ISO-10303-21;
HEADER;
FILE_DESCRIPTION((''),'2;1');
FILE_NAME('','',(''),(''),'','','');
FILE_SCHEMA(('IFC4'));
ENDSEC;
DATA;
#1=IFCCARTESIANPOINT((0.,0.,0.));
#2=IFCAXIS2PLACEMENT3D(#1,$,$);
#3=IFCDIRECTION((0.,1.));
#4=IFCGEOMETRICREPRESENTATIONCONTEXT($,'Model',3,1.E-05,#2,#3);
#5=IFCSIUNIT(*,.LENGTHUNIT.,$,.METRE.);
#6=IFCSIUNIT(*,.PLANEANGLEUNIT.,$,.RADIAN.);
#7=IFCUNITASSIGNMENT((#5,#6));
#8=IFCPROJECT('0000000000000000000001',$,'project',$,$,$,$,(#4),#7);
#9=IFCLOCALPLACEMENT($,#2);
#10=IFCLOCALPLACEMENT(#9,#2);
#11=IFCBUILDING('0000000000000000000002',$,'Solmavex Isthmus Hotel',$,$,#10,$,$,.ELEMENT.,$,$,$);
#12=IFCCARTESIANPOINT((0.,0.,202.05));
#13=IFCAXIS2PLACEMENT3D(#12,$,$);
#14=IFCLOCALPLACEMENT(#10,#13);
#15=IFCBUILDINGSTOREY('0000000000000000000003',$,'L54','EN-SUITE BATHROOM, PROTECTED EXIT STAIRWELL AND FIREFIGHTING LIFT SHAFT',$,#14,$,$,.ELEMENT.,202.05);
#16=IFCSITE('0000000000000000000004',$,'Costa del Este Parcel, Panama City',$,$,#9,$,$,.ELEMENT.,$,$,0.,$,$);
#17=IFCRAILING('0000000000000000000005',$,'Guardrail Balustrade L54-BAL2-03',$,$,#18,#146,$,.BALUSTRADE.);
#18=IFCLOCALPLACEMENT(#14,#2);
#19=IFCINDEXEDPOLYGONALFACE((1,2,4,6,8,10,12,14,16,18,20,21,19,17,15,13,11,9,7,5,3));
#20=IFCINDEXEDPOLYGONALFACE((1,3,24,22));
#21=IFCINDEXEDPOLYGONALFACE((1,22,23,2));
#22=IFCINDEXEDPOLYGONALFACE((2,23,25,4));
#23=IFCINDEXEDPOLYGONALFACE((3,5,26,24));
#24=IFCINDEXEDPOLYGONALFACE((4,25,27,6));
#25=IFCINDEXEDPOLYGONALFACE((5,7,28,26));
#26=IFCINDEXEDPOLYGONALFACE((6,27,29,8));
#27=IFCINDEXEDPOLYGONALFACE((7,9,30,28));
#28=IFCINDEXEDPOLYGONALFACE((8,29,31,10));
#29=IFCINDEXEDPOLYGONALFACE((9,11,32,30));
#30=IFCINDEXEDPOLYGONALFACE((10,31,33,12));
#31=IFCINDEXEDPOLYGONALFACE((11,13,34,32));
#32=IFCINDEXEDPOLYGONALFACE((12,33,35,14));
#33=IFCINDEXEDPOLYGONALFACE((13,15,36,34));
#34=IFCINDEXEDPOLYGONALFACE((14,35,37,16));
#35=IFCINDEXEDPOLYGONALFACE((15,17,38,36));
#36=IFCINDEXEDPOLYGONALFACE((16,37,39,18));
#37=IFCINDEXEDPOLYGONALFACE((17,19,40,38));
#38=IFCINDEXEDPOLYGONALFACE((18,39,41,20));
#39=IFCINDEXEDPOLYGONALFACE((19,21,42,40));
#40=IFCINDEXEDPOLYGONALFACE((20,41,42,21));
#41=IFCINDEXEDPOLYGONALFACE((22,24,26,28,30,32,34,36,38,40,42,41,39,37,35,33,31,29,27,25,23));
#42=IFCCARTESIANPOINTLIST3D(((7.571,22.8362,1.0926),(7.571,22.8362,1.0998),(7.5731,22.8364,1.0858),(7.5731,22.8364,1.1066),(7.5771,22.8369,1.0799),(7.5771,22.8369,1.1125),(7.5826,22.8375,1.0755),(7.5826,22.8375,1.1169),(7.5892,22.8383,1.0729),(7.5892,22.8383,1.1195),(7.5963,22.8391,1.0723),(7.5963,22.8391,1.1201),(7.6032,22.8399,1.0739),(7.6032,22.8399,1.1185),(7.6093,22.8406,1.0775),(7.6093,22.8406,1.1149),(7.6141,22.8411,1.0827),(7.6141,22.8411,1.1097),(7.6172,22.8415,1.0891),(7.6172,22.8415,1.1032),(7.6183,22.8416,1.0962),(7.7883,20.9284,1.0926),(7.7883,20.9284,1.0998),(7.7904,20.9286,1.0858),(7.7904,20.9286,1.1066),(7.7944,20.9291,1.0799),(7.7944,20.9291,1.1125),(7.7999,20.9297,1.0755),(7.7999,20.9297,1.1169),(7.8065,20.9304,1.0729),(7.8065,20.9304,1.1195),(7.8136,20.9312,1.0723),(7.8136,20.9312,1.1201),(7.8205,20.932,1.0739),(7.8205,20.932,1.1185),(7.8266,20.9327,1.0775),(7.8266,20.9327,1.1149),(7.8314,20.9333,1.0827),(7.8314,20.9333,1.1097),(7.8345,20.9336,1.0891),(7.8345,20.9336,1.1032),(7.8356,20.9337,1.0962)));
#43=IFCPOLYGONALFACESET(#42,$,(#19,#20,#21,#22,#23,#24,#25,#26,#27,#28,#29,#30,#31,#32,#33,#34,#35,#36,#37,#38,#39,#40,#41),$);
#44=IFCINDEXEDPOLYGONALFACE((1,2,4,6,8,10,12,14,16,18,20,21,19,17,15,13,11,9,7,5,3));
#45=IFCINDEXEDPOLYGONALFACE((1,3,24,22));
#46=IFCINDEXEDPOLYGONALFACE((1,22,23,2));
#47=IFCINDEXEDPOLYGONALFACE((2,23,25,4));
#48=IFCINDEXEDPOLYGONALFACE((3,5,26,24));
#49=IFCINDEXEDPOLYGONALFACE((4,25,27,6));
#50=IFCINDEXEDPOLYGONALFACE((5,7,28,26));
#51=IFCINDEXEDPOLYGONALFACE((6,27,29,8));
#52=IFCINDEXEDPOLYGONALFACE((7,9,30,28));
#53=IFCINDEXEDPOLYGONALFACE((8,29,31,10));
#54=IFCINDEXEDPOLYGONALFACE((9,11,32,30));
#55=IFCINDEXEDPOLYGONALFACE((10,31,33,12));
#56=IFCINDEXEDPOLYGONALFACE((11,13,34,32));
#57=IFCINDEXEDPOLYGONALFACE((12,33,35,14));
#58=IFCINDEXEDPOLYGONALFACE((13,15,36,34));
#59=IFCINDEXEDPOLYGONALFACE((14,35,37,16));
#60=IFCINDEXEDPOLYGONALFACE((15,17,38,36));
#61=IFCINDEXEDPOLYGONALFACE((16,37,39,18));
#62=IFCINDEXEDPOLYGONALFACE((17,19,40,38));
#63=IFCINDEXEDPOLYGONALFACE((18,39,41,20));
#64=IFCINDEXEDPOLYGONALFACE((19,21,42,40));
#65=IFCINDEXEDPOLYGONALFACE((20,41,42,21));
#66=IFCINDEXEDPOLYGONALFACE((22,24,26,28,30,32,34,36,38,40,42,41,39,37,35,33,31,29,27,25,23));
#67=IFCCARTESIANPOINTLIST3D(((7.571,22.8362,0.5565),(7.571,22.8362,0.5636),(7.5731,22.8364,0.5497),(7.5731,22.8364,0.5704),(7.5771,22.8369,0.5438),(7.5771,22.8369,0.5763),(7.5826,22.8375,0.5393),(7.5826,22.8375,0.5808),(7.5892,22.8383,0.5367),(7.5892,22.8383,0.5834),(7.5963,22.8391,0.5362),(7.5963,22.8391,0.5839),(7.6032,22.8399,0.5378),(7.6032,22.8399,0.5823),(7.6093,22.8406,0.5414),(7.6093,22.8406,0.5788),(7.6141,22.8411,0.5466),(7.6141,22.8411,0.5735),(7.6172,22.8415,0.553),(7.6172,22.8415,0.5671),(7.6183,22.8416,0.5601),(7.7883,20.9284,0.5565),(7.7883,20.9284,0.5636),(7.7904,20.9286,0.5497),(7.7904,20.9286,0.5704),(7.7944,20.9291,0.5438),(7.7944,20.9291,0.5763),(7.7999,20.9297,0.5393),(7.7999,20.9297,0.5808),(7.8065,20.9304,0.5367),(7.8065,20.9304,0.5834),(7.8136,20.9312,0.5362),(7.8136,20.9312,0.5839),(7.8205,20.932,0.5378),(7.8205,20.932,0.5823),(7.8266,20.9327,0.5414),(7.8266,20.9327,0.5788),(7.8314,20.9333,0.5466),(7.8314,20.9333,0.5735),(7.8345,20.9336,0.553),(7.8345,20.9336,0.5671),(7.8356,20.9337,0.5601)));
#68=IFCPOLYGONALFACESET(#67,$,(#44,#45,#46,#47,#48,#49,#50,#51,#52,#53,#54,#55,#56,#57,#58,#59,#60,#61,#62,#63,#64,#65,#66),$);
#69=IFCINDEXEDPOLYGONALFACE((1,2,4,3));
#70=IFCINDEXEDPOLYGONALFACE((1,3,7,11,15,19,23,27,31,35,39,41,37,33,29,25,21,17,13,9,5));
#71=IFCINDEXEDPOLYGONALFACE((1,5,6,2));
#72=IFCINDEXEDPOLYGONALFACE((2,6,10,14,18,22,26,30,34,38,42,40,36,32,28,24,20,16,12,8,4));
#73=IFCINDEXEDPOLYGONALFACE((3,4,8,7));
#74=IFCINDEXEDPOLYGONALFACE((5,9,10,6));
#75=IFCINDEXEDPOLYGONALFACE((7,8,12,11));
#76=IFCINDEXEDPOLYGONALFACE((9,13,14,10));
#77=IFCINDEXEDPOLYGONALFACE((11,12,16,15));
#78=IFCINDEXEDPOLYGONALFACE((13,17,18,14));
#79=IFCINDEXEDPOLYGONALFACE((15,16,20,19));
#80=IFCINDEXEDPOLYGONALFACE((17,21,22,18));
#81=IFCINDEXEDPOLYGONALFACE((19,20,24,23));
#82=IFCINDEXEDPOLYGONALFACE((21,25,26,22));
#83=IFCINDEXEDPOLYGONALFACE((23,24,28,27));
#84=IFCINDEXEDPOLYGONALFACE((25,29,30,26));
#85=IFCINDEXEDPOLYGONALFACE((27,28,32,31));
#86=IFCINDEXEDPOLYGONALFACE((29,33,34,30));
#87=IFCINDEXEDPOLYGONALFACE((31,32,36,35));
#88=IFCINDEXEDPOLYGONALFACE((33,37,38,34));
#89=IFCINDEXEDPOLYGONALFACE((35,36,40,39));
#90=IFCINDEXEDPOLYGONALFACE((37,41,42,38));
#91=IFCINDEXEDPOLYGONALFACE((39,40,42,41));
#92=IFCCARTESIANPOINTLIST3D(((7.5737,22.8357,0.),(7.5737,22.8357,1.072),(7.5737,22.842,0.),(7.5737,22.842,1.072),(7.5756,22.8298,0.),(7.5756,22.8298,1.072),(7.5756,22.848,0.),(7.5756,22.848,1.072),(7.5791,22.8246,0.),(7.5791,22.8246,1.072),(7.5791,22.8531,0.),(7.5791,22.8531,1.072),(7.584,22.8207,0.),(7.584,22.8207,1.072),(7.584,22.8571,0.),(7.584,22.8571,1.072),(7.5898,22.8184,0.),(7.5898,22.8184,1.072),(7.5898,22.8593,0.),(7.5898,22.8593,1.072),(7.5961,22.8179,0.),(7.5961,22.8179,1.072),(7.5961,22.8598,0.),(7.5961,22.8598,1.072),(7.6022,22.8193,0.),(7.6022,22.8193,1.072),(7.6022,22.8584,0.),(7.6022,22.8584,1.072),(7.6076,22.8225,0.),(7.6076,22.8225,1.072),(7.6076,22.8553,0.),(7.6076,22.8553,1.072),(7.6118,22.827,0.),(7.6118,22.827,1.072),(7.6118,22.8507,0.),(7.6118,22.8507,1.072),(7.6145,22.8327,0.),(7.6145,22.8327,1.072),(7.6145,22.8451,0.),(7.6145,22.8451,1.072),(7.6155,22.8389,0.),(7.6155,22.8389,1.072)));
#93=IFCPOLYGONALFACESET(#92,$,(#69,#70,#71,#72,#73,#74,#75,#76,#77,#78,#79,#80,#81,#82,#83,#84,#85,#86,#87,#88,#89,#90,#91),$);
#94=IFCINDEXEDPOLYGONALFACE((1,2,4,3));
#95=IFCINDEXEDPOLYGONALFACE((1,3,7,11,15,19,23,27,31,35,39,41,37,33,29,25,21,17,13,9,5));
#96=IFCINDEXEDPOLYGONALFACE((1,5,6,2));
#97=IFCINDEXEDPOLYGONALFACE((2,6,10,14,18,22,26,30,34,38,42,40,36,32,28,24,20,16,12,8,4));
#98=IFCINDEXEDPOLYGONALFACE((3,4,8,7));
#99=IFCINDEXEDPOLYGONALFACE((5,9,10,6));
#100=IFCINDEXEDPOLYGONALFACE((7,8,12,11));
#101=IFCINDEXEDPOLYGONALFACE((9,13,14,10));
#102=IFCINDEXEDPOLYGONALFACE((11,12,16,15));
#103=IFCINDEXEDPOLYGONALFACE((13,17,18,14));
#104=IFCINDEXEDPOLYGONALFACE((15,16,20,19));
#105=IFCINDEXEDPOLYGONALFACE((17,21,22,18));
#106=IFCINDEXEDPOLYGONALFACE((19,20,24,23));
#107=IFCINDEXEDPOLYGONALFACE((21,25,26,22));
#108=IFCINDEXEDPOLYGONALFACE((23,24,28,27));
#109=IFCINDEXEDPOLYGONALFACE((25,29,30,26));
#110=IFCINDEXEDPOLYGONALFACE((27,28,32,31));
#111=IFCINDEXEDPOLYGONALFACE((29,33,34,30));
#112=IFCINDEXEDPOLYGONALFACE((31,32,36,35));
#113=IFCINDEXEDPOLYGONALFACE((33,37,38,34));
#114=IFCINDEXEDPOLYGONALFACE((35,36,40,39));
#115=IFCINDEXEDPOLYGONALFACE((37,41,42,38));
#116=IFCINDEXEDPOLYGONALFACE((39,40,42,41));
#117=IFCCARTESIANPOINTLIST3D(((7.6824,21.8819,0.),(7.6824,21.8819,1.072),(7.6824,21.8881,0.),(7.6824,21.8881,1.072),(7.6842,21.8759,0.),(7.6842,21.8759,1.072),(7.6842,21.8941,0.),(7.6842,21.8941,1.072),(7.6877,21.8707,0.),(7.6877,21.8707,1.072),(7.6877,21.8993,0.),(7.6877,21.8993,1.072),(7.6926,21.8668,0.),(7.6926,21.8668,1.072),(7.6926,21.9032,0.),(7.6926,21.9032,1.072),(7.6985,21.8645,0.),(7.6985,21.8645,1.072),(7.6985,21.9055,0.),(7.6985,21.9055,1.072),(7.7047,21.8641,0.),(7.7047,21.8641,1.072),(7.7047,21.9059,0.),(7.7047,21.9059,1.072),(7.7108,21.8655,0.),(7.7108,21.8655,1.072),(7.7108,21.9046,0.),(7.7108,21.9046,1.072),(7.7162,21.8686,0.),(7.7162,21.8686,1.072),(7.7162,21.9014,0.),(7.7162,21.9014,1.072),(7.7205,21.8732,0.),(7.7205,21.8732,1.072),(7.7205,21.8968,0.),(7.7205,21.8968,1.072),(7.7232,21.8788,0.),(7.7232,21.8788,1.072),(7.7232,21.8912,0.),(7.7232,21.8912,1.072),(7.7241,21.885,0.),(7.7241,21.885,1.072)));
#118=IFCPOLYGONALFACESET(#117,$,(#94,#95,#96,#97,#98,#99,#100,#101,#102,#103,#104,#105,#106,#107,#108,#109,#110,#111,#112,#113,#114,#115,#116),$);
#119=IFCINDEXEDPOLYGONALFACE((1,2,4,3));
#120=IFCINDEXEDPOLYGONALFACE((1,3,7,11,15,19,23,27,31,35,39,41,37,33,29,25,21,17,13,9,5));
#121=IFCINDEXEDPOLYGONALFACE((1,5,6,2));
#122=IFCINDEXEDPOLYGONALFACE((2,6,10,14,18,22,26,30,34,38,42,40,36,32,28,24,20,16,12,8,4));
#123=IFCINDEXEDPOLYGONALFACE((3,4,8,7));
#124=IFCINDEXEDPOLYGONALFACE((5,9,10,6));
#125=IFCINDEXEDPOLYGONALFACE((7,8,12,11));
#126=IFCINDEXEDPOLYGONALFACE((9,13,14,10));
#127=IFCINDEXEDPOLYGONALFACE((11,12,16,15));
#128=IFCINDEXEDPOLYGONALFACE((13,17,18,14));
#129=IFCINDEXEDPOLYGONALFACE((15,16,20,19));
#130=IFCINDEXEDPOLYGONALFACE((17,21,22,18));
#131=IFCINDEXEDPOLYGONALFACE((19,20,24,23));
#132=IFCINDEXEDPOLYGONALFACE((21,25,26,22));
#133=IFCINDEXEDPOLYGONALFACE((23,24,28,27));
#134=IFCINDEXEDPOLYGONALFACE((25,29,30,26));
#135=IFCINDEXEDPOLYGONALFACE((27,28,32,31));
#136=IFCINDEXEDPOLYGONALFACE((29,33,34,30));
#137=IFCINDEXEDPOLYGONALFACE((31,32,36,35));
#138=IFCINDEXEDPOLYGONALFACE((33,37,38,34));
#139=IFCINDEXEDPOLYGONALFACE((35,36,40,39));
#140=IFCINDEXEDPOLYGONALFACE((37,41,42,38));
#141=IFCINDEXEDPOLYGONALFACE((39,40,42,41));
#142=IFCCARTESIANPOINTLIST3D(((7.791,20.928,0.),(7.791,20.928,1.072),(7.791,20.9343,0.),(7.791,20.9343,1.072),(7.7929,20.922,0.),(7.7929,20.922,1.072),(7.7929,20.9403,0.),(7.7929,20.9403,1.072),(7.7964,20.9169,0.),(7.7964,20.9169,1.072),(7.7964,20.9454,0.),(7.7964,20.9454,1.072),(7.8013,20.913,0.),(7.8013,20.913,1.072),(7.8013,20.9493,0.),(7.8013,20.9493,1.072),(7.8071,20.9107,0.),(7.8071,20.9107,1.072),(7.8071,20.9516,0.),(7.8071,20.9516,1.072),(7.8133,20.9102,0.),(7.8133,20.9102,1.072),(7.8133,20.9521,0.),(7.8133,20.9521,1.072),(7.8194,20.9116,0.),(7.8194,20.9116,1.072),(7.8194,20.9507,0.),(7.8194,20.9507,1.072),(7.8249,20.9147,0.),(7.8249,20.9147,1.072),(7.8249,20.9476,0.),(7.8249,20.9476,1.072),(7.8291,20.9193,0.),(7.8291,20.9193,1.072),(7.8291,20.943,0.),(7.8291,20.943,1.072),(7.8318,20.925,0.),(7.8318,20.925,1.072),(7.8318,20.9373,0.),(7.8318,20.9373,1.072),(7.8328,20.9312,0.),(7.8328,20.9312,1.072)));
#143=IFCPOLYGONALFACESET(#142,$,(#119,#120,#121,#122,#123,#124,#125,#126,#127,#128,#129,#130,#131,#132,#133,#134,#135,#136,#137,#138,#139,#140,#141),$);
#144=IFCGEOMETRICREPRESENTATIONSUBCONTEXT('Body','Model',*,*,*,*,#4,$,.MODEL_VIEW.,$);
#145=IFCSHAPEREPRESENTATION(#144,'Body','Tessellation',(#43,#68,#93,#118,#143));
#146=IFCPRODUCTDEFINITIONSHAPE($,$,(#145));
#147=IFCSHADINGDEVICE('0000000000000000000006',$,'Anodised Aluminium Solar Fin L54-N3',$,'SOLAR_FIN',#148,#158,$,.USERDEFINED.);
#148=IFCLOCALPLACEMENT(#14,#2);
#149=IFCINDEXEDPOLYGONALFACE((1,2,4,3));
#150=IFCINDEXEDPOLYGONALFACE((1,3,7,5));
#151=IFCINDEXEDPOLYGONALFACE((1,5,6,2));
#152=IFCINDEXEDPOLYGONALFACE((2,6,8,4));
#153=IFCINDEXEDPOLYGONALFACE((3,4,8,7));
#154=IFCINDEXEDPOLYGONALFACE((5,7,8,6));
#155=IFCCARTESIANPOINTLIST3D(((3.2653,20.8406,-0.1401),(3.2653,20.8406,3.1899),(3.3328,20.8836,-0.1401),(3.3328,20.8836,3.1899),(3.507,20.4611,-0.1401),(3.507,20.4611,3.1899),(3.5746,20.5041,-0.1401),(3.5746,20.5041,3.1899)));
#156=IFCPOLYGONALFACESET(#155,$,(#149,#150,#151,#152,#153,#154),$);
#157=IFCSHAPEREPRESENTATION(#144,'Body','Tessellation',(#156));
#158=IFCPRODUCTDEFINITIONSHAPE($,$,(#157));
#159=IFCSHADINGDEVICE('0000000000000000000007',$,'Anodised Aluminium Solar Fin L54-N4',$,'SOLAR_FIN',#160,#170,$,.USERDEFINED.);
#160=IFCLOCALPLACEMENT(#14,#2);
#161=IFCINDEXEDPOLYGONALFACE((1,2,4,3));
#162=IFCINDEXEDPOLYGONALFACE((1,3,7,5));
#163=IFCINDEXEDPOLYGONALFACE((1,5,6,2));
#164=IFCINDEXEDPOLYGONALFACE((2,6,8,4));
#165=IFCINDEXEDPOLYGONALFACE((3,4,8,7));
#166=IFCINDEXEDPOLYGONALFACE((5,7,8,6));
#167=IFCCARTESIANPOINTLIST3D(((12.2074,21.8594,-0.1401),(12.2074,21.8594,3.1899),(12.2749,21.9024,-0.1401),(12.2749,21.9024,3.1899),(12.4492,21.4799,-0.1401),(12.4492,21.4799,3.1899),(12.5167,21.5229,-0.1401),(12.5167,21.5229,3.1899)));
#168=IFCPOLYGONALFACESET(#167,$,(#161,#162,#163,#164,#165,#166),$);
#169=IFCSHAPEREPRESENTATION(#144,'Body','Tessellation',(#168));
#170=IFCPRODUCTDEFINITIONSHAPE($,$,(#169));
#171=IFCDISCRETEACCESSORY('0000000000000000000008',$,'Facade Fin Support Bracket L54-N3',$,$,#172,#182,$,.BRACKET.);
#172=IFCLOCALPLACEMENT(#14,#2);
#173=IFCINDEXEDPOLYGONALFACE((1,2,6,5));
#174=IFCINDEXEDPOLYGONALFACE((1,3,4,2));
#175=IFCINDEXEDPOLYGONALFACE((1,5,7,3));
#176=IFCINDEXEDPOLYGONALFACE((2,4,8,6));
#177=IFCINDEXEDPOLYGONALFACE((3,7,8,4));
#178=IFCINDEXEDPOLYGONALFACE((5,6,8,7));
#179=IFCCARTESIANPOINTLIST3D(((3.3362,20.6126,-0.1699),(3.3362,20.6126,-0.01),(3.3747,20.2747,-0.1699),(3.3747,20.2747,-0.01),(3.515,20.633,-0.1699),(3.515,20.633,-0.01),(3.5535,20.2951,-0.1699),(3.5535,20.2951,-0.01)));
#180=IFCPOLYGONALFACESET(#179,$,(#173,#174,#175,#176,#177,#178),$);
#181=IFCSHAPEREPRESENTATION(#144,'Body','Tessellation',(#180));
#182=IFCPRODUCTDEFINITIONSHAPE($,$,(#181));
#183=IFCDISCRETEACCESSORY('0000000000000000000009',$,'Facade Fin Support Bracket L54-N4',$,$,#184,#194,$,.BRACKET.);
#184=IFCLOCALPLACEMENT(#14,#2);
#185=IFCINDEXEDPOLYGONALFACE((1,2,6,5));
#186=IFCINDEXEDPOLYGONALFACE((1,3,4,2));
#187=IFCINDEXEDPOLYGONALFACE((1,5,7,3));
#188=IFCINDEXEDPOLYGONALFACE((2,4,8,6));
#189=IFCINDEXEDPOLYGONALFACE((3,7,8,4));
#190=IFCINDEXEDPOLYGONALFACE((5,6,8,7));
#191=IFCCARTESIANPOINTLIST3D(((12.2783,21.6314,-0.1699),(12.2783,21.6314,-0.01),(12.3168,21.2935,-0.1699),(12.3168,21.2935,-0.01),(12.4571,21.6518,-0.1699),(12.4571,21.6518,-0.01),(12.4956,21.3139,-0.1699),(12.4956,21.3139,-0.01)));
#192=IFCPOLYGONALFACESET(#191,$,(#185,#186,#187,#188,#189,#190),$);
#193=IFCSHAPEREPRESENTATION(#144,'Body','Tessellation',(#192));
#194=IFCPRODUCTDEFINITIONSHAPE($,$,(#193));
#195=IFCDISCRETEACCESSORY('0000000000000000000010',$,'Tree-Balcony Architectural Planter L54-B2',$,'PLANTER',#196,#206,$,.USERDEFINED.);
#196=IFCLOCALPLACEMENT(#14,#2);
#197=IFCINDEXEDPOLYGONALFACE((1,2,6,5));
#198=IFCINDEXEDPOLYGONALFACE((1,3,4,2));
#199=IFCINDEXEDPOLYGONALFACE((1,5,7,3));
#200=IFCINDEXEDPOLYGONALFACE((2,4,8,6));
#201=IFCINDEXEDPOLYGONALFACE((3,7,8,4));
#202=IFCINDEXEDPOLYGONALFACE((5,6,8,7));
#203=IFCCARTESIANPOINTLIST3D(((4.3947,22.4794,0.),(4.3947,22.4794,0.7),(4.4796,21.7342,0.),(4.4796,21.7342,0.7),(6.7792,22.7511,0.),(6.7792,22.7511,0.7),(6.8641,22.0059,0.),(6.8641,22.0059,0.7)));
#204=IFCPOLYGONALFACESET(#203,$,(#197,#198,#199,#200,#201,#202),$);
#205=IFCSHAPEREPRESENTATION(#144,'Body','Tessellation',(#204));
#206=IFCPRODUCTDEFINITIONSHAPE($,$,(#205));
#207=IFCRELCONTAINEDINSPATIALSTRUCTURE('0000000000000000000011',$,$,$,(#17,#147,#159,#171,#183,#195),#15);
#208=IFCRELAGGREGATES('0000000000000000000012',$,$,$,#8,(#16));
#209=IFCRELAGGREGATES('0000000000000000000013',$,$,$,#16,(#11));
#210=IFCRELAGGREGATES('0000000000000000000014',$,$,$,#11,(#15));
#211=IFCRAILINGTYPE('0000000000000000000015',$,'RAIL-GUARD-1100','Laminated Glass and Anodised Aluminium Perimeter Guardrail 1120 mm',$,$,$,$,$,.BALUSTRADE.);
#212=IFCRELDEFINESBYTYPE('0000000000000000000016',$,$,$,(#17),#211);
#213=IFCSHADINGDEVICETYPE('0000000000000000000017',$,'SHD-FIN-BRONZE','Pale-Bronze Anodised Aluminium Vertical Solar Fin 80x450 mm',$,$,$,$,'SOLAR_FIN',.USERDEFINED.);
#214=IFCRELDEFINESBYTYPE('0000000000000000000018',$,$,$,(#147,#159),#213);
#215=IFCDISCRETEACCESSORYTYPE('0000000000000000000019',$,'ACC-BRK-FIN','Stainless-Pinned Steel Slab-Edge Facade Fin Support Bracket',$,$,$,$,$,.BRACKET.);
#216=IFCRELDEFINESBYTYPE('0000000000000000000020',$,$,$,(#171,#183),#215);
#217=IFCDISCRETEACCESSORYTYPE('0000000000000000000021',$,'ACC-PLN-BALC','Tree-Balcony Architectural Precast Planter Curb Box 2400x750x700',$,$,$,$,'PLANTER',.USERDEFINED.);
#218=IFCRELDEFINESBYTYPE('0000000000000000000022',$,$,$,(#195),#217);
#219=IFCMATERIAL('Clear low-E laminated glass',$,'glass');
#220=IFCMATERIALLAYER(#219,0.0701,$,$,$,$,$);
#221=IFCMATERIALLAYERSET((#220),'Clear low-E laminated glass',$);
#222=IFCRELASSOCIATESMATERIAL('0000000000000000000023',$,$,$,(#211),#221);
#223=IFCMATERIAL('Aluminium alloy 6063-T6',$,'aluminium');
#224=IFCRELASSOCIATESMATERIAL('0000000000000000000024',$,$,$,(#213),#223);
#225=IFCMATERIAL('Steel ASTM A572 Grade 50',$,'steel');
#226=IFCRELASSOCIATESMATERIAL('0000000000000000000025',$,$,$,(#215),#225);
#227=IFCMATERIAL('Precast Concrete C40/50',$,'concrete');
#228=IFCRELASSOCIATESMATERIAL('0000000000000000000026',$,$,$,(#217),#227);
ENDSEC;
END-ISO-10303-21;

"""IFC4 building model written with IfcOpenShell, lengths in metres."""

from ifc_helpers import new_model, si_unit, direction, frame, origin, origin_2d, place, context, subcontext, project, spatial, rectangle, circle, extrude, material, layer, layer_set, type_object, element, save


model = new_model("IFC4")

# Units and contexts
model_context = context("Model", 3, precision=1e-05, world=origin(), true_north=direction((0.0, 1.0)))
body_context = subcontext(model_context, "Body", "Model", "MODEL_VIEW")
ifc_project = project(units=[si_unit("LENGTHUNIT", "METRE"), si_unit("PLANEANGLEUNIT", "RADIAN")], contexts=[model_context])

# Site, building, storey
site_placement = place(None, origin())
site = spatial("IfcSite", under=ifc_project, at=site_placement, Name="Costa del Este Parcel, Panama City", CompositionType="ELEMENT", RefElevation=0.0)
building_placement = place(site_placement, origin())
building = spatial("IfcBuilding", under=site, at=building_placement, Name="Solmavex Isthmus Hotel", CompositionType="ELEMENT")
storey_placement = place(building_placement, frame((0.0, 0.0, 202.05)))
storey = spatial("IfcBuildingStorey", under=building, at=storey_placement, Name="L54", Description="EN-SUITE BATHROOM, PROTECTED EXIT STAIRWELL AND FIREFIGHTING LIFT SHAFT", CompositionType="ELEMENT", Elevation=202.05)

# Shared definitions
ifc_material_1 = material(Name="Aluminium alloy 6063-T6", Category="aluminium")

# Shared definitions
ifc_material_2 = material(Name="Clear low-E laminated glass", Category="glass")

# Shared definitions
ifc_material_3 = material(Name="Precast Concrete C40/50", Category="concrete")

# Railing
ifc_layer_1 = layer(ifc_material_2, 0.0701)
ifc_layer_set_1 = layer_set([ifc_layer_1], Name="Clear low-E laminated glass")
railing_type = type_object("IfcRailingType", Name="RAIL-GUARD-1100", Description="Laminated Glass and Anodised Aluminium Perimeter Guardrail 1120 mm", PredefinedType="BALUSTRADE", material=ifc_layer_set_1)
railing_1_placement = place(storey_placement, frame((7.5945, 22.8389, 0.0)))
element("IfcRailing", 1, at=railing_1_placement, inside=storey, type_object=railing_type, Name="Guardrail Balustrade L54-BAL2-03", PredefinedType="BALUSTRADE", context=body_context, shape_type="SweptSolid", body=[
    extrude(circle(Radius=0.0239, at=origin_2d()), frame((0.0, 0.0, 1.0962), z_axis=(0.113166, -0.993576, 0.0), x_axis=(0.993576, 0.113166, 0.0)), (0.0, 0.0, 1.0), 1.9202),
    extrude(circle(Radius=0.0239, at=origin_2d()), frame((0.0, 0.0, 0.5601), z_axis=(0.113166, -0.993576, 0.0), x_axis=(0.993576, 0.113166, 0.0)), (0.0, 0.0, 1.0), 1.9202),
    extrude(circle(Radius=0.021, at=origin_2d()), origin(), (0.0, 0.0, 1.0), 1.072),
    extrude(circle(Radius=0.021, at=origin_2d()), frame((0.1086, -0.9539, 0.0)), (0.0, 0.0, 1.0), 1.072),
    extrude(circle(Radius=0.021, at=origin_2d()), frame((0.2173, -1.9077, 0.0)), (0.0, 0.0, 1.0), 1.072),
])

# Shading devices
shading_device_type = type_object("IfcShadingDeviceType", Name="SHD-FIN-BRONZE", Description="Pale-Bronze Anodised Aluminium Vertical Solar Fin 80x450 mm", ElementType="SOLAR_FIN", PredefinedType="USERDEFINED", material=ifc_material_1)
for number, where, z_axis, x_axis, name in (
    (2, (3.4199, 20.6724, -0.1401), (0.0, 0.0, 1.0), (-0.5373, 0.843391, 0.0), "Anodised Aluminium Solar Fin L54-N3"),
    (3, (12.3621, 21.6912, -0.1401), (0.0, 0.0, 1.0), (-0.5373, 0.843391, 0.0), "Anodised Aluminium Solar Fin L54-N4"),
):
    element("IfcShadingDevice", number, at=place(storey_placement, frame(where, z_axis=z_axis, x_axis=x_axis)), inside=storey, type_object=shading_device_type, Name=name, ObjectType="SOLAR_FIN", PredefinedType="USERDEFINED", context=body_context, shape_type="SweptSolid", body=[
        extrude(rectangle(XDim=0.45, YDim=0.0801, at=origin_2d()), origin(), (0.0, 0.0, 1.0), 3.3301),
    ])

# Discrete accessories
ifc_material_4 = material(Name="Steel ASTM A572 Grade 50", Category="steel")
discrete_accessory_type_1 = type_object("IfcDiscreteAccessoryType", Name="ACC-BRK-FIN", Description="Stainless-Pinned Steel Slab-Edge Facade Fin Support Bracket", PredefinedType="BRACKET", material=ifc_material_4)
for number, where, z_axis, x_axis, name in (
    (4, (3.4448, 20.4539, -0.1699), (0.0, 0.0, 1.0), (-0.113203, 0.993572, 0.0), "Facade Fin Support Bracket L54-N3"),
    (5, (12.387, 21.4727, -0.1699), (0.0, 0.0, 1.0), (-0.113203, 0.993572, 0.0), "Facade Fin Support Bracket L54-N4"),
):
    element("IfcDiscreteAccessory", number, at=place(storey_placement, frame(where, z_axis=z_axis, x_axis=x_axis)), inside=storey, type_object=discrete_accessory_type_1, Name=name, PredefinedType="BRACKET", context=body_context, shape_type="SweptSolid", body=[
        extrude(rectangle(XDim=0.3401, YDim=0.1799, at=origin_2d()), origin(), (0.0, 0.0, 1.0), 0.1599),
    ])
discrete_accessory_type_2 = type_object("IfcDiscreteAccessoryType", Name="ACC-PLN-BALC", Description="Tree-Balcony Architectural Precast Planter Curb Box 2400x750x700", ElementType="PLANTER", PredefinedType="USERDEFINED", material=ifc_material_3)
discrete_accessory_placement = place(storey_placement, frame((5.6294, 22.2427, 0.0), z_axis=(0.0, 0.0, 1.0), x_axis=(0.993572, 0.113203, 0.0)))
element("IfcDiscreteAccessory", 6, at=discrete_accessory_placement, inside=storey, type_object=discrete_accessory_type_2, Name="Tree-Balcony Architectural Planter L54-B2", ObjectType="PLANTER", PredefinedType="USERDEFINED", context=body_context, shape_type="SweptSolid", body=[
    extrude(rectangle(XDim=2.3999, YDim=0.75, at=origin_2d()), origin(), (0.0, 0.0, 1.0), 0.7),
])

save(model, "model.ifc")
